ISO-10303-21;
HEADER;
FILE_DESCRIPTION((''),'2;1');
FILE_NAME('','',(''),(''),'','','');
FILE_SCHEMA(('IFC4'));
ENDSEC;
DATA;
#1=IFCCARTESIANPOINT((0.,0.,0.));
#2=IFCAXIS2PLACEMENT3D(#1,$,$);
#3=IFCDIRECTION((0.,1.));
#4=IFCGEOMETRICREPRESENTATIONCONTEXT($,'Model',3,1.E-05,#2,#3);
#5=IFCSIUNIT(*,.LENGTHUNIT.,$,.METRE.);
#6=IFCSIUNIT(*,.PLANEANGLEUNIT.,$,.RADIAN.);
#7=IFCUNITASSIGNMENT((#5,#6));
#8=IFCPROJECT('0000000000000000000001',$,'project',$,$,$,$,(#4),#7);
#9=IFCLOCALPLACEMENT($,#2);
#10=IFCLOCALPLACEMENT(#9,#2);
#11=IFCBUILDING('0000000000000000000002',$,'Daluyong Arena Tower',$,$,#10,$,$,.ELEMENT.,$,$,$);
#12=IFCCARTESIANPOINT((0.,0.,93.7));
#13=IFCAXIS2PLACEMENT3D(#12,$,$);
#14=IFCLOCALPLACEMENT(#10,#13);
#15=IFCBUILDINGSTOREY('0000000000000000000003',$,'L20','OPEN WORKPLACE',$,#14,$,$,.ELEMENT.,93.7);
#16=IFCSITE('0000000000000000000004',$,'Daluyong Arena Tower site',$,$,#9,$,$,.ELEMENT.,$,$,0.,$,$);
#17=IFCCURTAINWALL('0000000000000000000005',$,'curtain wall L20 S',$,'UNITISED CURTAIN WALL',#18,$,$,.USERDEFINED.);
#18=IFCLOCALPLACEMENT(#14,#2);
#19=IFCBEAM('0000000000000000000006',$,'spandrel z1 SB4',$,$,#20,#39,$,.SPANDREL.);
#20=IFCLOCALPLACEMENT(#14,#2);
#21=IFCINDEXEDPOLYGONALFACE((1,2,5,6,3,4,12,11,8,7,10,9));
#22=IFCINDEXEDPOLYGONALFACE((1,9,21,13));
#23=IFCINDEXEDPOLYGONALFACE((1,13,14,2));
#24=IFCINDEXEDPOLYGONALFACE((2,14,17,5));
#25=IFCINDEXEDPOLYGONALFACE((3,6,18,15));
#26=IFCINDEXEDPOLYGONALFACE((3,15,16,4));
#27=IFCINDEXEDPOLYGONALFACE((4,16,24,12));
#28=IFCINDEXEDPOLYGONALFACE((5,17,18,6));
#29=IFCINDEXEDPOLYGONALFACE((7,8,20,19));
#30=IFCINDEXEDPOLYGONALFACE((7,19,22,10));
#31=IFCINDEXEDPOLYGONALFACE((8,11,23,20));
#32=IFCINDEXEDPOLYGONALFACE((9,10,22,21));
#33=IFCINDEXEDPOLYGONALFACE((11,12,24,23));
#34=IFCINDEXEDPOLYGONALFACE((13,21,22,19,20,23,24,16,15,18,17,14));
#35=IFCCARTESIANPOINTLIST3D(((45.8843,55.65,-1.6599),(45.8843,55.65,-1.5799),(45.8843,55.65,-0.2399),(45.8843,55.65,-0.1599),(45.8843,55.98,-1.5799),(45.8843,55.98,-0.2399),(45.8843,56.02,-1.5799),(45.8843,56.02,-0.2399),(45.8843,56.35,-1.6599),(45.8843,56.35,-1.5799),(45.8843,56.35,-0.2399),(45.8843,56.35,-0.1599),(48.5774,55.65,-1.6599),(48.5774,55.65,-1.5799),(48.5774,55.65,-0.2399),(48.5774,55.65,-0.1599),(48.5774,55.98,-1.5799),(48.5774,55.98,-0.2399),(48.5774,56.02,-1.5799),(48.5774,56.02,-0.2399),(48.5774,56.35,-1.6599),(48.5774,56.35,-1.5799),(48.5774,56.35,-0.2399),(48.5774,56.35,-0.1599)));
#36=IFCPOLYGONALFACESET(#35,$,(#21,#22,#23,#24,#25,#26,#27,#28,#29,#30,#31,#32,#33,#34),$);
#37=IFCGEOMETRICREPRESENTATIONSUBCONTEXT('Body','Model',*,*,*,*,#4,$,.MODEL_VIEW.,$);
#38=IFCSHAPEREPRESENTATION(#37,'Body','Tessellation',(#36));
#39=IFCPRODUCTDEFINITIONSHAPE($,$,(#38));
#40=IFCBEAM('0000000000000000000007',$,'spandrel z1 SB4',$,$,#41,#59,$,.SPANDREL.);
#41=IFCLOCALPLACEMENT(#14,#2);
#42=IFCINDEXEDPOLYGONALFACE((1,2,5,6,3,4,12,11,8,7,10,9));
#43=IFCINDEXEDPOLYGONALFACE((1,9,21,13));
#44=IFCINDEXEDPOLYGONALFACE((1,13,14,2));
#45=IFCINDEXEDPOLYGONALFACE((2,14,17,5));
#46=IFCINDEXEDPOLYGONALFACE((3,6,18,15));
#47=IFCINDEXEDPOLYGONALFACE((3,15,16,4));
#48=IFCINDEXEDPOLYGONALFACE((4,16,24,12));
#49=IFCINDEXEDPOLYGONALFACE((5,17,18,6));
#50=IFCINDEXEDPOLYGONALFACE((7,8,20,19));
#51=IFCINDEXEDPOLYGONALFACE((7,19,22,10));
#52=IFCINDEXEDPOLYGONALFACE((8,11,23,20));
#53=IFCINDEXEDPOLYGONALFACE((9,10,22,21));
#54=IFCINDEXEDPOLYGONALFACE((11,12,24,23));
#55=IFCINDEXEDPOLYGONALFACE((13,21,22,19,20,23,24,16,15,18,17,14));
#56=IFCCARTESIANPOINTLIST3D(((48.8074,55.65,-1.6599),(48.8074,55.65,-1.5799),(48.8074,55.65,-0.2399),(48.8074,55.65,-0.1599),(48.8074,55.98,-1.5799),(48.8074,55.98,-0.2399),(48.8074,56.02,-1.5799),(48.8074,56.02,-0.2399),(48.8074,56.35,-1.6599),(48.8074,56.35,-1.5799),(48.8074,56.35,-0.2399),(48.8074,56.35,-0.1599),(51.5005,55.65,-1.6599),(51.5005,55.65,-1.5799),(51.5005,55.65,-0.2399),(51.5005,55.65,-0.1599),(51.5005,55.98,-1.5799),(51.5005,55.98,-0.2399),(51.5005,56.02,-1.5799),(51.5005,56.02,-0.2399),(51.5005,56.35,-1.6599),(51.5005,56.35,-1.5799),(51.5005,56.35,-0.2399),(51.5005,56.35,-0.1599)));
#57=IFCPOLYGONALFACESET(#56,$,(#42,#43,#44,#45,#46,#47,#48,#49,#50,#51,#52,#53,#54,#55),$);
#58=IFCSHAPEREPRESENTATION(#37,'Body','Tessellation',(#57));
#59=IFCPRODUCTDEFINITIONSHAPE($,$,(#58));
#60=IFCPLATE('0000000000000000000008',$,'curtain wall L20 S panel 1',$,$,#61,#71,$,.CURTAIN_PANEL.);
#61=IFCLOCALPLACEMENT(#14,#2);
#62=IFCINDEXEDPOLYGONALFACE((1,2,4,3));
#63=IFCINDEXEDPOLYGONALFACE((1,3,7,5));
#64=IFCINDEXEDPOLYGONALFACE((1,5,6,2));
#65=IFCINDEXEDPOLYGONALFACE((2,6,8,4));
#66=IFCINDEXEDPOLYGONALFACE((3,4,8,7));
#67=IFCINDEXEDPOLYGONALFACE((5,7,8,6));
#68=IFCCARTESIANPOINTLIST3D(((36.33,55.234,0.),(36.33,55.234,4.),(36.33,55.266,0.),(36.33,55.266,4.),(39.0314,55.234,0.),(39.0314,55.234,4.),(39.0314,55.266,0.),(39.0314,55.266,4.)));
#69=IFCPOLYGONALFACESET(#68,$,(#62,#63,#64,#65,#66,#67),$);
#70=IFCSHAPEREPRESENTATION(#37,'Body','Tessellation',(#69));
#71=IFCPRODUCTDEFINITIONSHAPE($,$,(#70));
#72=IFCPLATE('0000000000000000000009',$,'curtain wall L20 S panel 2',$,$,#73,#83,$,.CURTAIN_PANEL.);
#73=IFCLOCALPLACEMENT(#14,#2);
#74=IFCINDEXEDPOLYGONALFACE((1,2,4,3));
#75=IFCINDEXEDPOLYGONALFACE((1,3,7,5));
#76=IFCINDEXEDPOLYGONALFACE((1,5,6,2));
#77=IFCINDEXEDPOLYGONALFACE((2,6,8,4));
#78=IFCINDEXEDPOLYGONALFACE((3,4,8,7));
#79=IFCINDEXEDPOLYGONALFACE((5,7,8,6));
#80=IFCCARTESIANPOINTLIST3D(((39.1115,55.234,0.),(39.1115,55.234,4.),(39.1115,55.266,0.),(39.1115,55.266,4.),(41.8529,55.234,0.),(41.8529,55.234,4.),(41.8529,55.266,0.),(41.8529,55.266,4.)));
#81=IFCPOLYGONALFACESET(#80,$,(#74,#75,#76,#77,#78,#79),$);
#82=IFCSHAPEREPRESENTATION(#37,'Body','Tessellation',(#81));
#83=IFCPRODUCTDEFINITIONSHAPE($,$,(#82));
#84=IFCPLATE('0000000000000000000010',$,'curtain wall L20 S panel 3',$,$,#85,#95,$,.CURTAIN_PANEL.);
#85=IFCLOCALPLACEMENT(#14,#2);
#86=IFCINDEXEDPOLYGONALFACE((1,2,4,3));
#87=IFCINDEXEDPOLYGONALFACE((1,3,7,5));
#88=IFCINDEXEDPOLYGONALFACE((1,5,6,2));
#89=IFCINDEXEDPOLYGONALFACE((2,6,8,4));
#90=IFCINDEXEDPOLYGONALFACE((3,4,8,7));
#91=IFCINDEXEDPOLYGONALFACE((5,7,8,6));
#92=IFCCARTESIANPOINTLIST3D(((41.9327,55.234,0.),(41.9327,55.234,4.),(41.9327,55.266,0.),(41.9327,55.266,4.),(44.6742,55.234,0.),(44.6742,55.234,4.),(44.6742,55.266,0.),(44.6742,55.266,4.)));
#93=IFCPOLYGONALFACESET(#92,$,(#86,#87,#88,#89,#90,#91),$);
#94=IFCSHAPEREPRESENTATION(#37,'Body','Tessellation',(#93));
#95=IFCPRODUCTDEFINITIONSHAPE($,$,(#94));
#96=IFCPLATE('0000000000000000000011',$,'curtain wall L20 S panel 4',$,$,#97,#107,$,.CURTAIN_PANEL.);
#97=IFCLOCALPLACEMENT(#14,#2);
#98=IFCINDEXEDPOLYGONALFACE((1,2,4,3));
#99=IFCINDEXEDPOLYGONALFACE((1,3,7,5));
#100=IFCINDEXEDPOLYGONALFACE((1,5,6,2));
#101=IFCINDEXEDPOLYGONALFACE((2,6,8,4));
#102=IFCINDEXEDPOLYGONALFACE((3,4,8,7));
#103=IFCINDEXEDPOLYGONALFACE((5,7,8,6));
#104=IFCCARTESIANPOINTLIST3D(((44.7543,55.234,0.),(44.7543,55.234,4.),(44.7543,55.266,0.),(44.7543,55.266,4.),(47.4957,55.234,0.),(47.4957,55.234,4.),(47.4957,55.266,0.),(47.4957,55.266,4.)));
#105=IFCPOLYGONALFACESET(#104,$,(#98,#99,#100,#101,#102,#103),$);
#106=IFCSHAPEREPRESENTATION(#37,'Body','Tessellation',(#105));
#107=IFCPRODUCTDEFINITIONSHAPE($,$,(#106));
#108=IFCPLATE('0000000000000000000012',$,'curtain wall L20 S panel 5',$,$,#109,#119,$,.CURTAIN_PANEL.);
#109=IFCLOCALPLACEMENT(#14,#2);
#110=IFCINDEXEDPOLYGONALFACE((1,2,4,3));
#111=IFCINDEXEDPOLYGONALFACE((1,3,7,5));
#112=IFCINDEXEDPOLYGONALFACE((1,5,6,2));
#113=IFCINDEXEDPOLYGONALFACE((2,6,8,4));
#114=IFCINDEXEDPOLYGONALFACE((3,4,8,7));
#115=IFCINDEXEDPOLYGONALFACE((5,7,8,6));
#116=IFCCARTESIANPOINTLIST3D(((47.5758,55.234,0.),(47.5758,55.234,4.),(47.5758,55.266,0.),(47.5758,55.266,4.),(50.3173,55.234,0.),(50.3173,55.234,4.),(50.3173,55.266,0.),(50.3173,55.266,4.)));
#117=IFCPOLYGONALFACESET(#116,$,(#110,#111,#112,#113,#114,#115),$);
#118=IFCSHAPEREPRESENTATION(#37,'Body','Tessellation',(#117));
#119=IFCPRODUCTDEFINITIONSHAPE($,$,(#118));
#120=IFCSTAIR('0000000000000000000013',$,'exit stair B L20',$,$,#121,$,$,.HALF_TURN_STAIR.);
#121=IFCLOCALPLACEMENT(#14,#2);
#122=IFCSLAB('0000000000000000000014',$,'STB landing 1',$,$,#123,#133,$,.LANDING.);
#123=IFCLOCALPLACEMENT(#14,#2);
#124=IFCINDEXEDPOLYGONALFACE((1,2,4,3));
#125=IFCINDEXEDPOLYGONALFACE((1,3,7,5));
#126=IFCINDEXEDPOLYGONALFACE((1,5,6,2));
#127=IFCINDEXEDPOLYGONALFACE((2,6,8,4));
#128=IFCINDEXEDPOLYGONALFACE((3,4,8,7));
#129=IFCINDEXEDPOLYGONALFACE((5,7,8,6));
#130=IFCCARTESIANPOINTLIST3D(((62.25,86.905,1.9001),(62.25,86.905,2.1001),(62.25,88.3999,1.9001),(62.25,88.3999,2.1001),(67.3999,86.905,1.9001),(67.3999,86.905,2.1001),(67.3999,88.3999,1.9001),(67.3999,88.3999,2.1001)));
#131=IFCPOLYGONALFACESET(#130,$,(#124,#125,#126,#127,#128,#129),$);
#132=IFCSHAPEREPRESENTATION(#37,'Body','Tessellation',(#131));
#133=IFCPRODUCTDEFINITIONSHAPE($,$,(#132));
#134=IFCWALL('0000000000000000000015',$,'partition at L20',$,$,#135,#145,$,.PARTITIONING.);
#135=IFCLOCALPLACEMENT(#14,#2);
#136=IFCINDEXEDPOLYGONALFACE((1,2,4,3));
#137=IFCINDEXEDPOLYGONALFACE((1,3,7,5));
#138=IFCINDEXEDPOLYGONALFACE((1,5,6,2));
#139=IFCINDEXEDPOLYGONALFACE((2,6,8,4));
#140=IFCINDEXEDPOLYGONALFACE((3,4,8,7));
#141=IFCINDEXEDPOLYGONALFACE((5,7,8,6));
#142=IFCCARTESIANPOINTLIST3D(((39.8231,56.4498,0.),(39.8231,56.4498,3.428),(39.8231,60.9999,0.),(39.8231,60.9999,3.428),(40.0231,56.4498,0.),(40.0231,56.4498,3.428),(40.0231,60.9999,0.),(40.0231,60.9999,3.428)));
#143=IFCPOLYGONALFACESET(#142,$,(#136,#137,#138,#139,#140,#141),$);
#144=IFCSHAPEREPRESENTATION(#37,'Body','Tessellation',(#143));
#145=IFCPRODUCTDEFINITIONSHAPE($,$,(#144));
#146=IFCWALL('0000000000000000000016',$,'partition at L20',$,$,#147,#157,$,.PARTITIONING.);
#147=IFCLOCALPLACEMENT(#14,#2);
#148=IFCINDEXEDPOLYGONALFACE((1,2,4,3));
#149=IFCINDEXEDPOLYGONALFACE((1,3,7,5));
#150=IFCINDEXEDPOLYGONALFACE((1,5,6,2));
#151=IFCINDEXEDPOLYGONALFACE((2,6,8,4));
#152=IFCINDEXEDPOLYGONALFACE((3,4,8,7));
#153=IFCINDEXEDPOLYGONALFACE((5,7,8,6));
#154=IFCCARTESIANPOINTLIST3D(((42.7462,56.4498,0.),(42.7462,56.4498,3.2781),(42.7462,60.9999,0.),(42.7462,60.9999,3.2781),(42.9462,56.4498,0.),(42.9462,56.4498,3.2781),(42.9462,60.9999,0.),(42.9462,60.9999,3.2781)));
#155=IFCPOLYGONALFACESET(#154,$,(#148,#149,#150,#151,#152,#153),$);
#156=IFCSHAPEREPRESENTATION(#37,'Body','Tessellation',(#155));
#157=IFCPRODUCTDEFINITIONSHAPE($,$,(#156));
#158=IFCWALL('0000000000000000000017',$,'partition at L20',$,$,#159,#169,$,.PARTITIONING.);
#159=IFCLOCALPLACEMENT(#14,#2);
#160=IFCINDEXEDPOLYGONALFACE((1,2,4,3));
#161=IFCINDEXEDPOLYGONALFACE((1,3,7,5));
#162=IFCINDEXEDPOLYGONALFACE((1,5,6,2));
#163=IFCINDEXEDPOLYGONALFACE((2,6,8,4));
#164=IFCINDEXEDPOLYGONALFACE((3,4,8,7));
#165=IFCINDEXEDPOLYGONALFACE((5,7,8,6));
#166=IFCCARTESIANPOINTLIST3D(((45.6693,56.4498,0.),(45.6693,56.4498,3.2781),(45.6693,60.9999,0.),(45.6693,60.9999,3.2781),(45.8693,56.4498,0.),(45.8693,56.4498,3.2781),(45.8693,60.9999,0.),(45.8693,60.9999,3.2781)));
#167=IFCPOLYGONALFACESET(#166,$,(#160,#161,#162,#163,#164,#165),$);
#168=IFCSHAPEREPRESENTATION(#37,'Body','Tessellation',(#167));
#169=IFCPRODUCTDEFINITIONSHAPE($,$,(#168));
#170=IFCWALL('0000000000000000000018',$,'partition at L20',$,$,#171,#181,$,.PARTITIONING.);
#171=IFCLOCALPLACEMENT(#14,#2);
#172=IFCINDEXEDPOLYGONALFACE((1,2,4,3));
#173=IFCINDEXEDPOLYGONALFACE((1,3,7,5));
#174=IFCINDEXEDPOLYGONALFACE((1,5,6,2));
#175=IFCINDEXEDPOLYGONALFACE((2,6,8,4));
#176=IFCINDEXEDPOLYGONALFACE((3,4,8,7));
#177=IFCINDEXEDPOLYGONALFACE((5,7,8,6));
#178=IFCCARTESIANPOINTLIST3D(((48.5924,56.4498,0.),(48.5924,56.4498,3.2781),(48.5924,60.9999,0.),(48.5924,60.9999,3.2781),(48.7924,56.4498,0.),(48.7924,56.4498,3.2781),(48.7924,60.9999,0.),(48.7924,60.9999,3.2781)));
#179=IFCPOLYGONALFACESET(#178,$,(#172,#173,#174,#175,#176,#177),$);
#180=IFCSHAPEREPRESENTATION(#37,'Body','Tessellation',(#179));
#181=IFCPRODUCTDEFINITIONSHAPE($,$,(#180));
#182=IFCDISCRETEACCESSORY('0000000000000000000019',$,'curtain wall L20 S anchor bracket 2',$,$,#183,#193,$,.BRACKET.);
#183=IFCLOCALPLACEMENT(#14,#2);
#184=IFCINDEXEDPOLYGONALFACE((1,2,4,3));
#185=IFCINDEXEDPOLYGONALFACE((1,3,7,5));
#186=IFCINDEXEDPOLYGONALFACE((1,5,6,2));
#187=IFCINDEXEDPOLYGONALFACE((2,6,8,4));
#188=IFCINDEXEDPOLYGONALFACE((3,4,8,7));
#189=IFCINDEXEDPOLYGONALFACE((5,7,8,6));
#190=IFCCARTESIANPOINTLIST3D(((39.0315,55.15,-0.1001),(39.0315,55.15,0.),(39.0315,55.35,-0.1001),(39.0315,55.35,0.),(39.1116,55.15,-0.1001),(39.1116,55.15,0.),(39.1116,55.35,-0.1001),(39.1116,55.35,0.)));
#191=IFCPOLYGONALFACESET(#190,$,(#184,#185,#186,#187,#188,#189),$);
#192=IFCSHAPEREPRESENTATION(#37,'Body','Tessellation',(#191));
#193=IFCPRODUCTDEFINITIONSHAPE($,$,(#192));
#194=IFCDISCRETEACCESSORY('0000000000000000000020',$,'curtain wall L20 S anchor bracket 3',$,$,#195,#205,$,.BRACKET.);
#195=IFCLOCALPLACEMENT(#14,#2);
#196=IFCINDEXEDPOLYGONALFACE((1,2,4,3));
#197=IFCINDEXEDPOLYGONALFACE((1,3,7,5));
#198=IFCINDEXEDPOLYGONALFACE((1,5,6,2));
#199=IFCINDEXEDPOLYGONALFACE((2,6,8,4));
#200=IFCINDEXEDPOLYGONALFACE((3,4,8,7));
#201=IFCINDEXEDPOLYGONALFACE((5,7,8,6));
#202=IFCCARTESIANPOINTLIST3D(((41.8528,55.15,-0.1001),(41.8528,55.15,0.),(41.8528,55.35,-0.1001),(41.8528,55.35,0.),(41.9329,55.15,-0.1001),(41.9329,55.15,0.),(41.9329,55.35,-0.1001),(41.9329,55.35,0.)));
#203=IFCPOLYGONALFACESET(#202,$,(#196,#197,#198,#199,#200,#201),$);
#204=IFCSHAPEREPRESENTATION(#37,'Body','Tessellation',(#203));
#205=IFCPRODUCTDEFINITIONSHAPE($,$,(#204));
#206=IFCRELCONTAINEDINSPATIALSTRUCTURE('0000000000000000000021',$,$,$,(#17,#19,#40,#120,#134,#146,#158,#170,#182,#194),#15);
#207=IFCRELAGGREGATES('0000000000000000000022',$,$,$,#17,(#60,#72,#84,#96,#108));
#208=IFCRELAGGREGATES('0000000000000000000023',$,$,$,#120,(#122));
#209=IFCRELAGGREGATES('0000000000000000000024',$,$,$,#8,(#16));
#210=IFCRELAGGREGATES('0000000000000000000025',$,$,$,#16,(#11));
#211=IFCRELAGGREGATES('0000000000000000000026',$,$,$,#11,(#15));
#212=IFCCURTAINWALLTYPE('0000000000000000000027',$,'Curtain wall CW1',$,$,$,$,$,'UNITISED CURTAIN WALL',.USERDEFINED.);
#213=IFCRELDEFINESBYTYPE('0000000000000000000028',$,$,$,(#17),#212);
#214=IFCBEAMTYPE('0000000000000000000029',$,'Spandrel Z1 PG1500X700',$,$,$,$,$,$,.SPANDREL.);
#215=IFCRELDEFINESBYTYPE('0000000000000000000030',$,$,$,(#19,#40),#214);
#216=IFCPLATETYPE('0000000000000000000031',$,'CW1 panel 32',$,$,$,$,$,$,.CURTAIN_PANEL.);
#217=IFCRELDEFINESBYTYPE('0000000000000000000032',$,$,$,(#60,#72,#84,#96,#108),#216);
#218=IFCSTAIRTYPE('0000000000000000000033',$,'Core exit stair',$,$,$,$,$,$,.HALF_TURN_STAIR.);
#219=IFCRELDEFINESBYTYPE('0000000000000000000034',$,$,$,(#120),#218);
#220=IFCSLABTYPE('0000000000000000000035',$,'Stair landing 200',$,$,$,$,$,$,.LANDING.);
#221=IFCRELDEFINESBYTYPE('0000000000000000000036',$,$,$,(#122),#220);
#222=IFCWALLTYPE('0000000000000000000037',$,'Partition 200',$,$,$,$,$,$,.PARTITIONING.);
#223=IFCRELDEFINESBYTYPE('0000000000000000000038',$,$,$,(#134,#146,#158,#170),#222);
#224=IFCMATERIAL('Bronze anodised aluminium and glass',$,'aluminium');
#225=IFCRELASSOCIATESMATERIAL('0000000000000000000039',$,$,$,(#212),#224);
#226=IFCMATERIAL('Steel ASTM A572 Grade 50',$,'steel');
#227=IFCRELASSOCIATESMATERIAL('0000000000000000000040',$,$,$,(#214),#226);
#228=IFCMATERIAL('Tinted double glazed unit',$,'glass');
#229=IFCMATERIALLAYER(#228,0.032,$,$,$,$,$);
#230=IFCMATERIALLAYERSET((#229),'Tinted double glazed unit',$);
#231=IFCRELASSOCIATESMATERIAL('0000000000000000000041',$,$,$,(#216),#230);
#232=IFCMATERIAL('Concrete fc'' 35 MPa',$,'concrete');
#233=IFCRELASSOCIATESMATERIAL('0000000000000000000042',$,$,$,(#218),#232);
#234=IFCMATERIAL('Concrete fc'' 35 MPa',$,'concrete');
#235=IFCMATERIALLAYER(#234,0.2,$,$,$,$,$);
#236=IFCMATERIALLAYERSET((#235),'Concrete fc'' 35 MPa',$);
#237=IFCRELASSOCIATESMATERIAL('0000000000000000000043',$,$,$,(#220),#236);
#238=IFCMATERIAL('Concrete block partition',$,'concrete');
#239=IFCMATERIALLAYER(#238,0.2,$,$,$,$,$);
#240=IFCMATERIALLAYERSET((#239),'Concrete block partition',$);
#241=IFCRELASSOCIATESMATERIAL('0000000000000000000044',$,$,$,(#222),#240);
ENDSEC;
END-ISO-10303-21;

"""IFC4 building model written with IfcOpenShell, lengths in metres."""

from ifc_helpers import new_model, si_unit, direction, frame, frame_2d, origin, origin_2d, place, context, subcontext, project, spatial, polyline, rectangle, i_section, outline, extrude, material, layer, layer_set, material_profile, profile_set, type_object, element, aggregate, save


model = new_model("IFC4")

# Units and contexts
model_context = context("Model", 3, precision=1e-05, world=origin(), true_north=direction((0.0, 1.0)))
body_context = subcontext(model_context, "Body", "Model", "MODEL_VIEW")
ifc_project = project(units=[si_unit("LENGTHUNIT", "METRE"), si_unit("PLANEANGLEUNIT", "RADIAN")], contexts=[model_context])

# Site, building, storey
site_placement = place(None, origin())
site = spatial("IfcSite", under=ifc_project, at=site_placement, Name="Daluyong Arena Tower site", CompositionType="ELEMENT", RefElevation=0.0)
building_placement = place(site_placement, origin())
building = spatial("IfcBuilding", under=site, at=building_placement, Name="Daluyong Arena Tower", CompositionType="ELEMENT")
storey_placement = place(building_placement, frame((0.0, 0.0, 93.7)))
storey = spatial("IfcBuildingStorey", under=building, at=storey_placement, Name="L20", Description="OPEN WORKPLACE", CompositionType="ELEMENT", Elevation=93.7)

# Curtain wall
ifc_material_1 = material(Name="Bronze anodised aluminium and glass", Category="aluminium")
curtain_wall_type_1 = type_object("IfcCurtainWallType", Name="Curtain wall CW1", ElementType="UNITISED CURTAIN WALL", PredefinedType="USERDEFINED", material=ifc_material_1)
curtain_wall_1_placement = place(storey_placement, origin())
curtain_wall_1 = element("IfcCurtainWall", 1, at=curtain_wall_1_placement, inside=storey, type_object=curtain_wall_type_1, Name="curtain wall L20 S", ObjectType="UNITISED CURTAIN WALL", PredefinedType="USERDEFINED")

# Beams
ifc_material_2 = material(Name="Steel ASTM A572 Grade 50", Category="steel")
ifc_material_profile_1 = material_profile(ifc_material_2, i_section(OverallWidth=0.7, OverallDepth=1.5, WebThickness=0.04, FlangeThickness=0.08, at=origin_2d()))
ifc_profile_set_1 = profile_set([ifc_material_profile_1], Name="Steel ASTM A572 Grade 50")
beam_type_1 = type_object("IfcBeamType", Name="Spandrel Z1 PG1500X700", PredefinedType="SPANDREL", material=ifc_profile_set_1)
for number, where, z_axis, x_axis, name in (
    (2, (45.8843, 56.0, -0.9099), (1.0, 0.0, 0.0), (0.0, 1.0, 0.0), "spandrel z1 SB4"),
    (3, (48.8074, 56.0, -0.9099), (1.0, 0.0, 0.0), (0.0, 1.0, 0.0), "spandrel z1 SB4"),
):
    element("IfcBeam", number, at=place(storey_placement, frame(where, z_axis=z_axis, x_axis=x_axis)), inside=storey, type_object=beam_type_1, Name=name, PredefinedType="SPANDREL", context=body_context, shape_type="SweptSolid", body=[
        extrude(i_section(OverallWidth=0.7, OverallDepth=1.5, WebThickness=0.04, FlangeThickness=0.08, at=origin_2d()), origin(), (0.0, 0.0, 1.0), 2.6931),
    ])

# Plates
ifc_material_3 = material(Name="Tinted double glazed unit", Category="glass")
ifc_layer_1 = layer(ifc_material_3, 0.032)
ifc_layer_set_1 = layer_set([ifc_layer_1], Name="Tinted double glazed unit")
plate_type = type_object("IfcPlateType", Name="CW1 panel 32", PredefinedType="CURTAIN_PANEL", material=ifc_layer_set_1)
plate_1_placement = place(storey_placement, frame((37.6807, 55.25, 0.0), z_axis=(0.0, 0.0, 1.0), x_axis=(1.0, 0.0, 0.0)))
plate_1 = element("IfcPlate", 4, at=plate_1_placement, type_object=plate_type, Name="curtain wall L20 S panel 1", PredefinedType="CURTAIN_PANEL", context=body_context, shape_type="SweptSolid", body=[
    extrude(rectangle(XDim=2.7014, YDim=0.032, at=origin_2d()), origin(), (0.0, 0.0, 1.0), 4.0),
])
plate_2_placement = place(storey_placement, frame((40.4822, 55.25, 0.0), z_axis=(0.0, 0.0, 1.0), x_axis=(1.0, 0.0, 0.0)))
plate_2 = element("IfcPlate", 5, at=plate_2_placement, type_object=plate_type, Name="curtain wall L20 S panel 2", PredefinedType="CURTAIN_PANEL", context=body_context, shape_type="SweptSolid", body=[
    extrude(rectangle(XDim=2.7415, YDim=0.032, at=origin_2d()), origin(), (0.0, 0.0, 1.0), 4.0),
])
plate_3_placement = place(storey_placement, frame((43.3035, 55.25, 0.0), z_axis=(0.0, 0.0, 1.0), x_axis=(1.0, 0.0, 0.0)))
plate_3 = element("IfcPlate", 6, at=plate_3_placement, type_object=plate_type, Name="curtain wall L20 S panel 3", PredefinedType="CURTAIN_PANEL", context=body_context, shape_type="SweptSolid", body=[
    extrude(rectangle(XDim=2.7415, YDim=0.032, at=origin_2d()), origin(), (0.0, 0.0, 1.0), 4.0),
])
plate_4_placement = place(storey_placement, frame((46.125, 55.25, 0.0), z_axis=(0.0, 0.0, 1.0), x_axis=(1.0, 0.0, 0.0)))
plate_4 = element("IfcPlate", 7, at=plate_4_placement, type_object=plate_type, Name="curtain wall L20 S panel 4", PredefinedType="CURTAIN_PANEL", context=body_context, shape_type="SweptSolid", body=[
    extrude(rectangle(XDim=2.7415, YDim=0.032, at=origin_2d()), origin(), (0.0, 0.0, 1.0), 4.0),
])
plate_5_placement = place(storey_placement, frame((48.9465, 55.25, 0.0), z_axis=(0.0, 0.0, 1.0), x_axis=(1.0, 0.0, 0.0)))
plate_5 = element("IfcPlate", 8, at=plate_5_placement, type_object=plate_type, Name="curtain wall L20 S panel 5", PredefinedType="CURTAIN_PANEL", context=body_context, shape_type="SweptSolid", body=[
    extrude(rectangle(XDim=2.7415, YDim=0.032, at=origin_2d()), origin(), (0.0, 0.0, 1.0), 4.0),
])
aggregate(curtain_wall_1, [plate_1, plate_2, plate_3, plate_4, plate_5])

# Stair, slab
ifc_material_4 = material(Name="Concrete fc' 35 MPa", Category="concrete")
stair_type = type_object("IfcStairType", Name="Core exit stair", PredefinedType="HALF_TURN_STAIR", material=ifc_material_4)
stair_placement = place(storey_placement, origin())
stair = element("IfcStair", 9, at=stair_placement, inside=storey, type_object=stair_type, Name="exit stair B L20", PredefinedType="HALF_TURN_STAIR")
ifc_material_5 = material(Name="Concrete fc' 35 MPa", Category="concrete")
ifc_layer_2 = layer(ifc_material_5, 0.2)
ifc_layer_set_2 = layer_set([ifc_layer_2], Name="Concrete fc' 35 MPa")
slab_type = type_object("IfcSlabType", Name="Stair landing 200", PredefinedType="LANDING", material=ifc_layer_set_2)
slab_placement = place(storey_placement, frame((0.0, 0.0, 1.9001)))
slab = element("IfcSlab", 10, at=slab_placement, type_object=slab_type, Name="STB landing 1", PredefinedType="LANDING", context=body_context, shape_type="SweptSolid", body=[
    extrude(outline(polyline([(62.25, 86.905), (67.3999, 86.905), (67.3999, 88.3999), (62.25, 88.3999), (62.25, 86.905)])), origin(), (0.0, 0.0, 1.0), 0.2),
])
aggregate(stair, [slab])

# Walls
ifc_material_6 = material(Name="Concrete block partition", Category="concrete")
ifc_layer_3 = layer(ifc_material_6, 0.2)
ifc_layer_set_3 = layer_set([ifc_layer_3], Name="Concrete block partition")
wall_type = type_object("IfcWallType", Name="Partition 200", PredefinedType="PARTITIONING", material=ifc_layer_set_3)
wall_placement = place(storey_placement, frame((39.9231, 56.45, 0.0), z_axis=(0.0, 0.0, 1.0), x_axis=(0.0, 1.0, 0.0)))
element("IfcWall", 11, at=wall_placement, inside=storey, type_object=wall_type, Name="partition at L20", PredefinedType="PARTITIONING", context=body_context, shape_type="SweptSolid", body=[
    extrude(rectangle(XDim=4.55, YDim=0.2, at=frame_2d((2.2749, 0.0))), origin(), (0.0, 0.0, 1.0), 3.428),
])
for number, where, z_axis, x_axis, name in (
    (12, (42.8462, 56.45, 0.0), (0.0, 0.0, 1.0), (0.0, 1.0, 0.0), "partition at L20"),
    (13, (45.7693, 56.45, 0.0), (0.0, 0.0, 1.0), (0.0, 1.0, 0.0), "partition at L20"),
    (14, (48.6924, 56.45, 0.0), (0.0, 0.0, 1.0), (0.0, 1.0, 0.0), "partition at L20"),
):
    element("IfcWall", number, at=place(storey_placement, frame(where, z_axis=z_axis, x_axis=x_axis)), inside=storey, type_object=wall_type, Name=name, PredefinedType="PARTITIONING", context=body_context, shape_type="SweptSolid", body=[
        extrude(rectangle(XDim=4.55, YDim=0.2, at=frame_2d((2.2749, 0.0))), origin(), (0.0, 0.0, 1.0), 3.2781),
    ])

# Discrete accessories
for number, where, z_axis, x_axis, name in (
    (15, (39.0715, 55.25, -0.1001), (0.0, 0.0, 1.0), (1.0, 0.0, 0.0), "curtain wall L20 S anchor bracket 2"),
    (16, (41.8928, 55.25, -0.1001), (0.0, 0.0, 1.0), (1.0, 0.0, 0.0), "curtain wall L20 S anchor bracket 3"),
):
    element("IfcDiscreteAccessory", number, at=place(storey_placement, frame(where, z_axis=z_axis, x_axis=x_axis)), inside=storey, Name=name, PredefinedType="BRACKET", context=body_context, shape_type="SweptSolid", body=[
        extrude(rectangle(XDim=0.0801, YDim=0.2, at=origin_2d()), origin(), (0.0, 0.0, 1.0), 0.1001),
    ])

save(model, "model.ifc")
